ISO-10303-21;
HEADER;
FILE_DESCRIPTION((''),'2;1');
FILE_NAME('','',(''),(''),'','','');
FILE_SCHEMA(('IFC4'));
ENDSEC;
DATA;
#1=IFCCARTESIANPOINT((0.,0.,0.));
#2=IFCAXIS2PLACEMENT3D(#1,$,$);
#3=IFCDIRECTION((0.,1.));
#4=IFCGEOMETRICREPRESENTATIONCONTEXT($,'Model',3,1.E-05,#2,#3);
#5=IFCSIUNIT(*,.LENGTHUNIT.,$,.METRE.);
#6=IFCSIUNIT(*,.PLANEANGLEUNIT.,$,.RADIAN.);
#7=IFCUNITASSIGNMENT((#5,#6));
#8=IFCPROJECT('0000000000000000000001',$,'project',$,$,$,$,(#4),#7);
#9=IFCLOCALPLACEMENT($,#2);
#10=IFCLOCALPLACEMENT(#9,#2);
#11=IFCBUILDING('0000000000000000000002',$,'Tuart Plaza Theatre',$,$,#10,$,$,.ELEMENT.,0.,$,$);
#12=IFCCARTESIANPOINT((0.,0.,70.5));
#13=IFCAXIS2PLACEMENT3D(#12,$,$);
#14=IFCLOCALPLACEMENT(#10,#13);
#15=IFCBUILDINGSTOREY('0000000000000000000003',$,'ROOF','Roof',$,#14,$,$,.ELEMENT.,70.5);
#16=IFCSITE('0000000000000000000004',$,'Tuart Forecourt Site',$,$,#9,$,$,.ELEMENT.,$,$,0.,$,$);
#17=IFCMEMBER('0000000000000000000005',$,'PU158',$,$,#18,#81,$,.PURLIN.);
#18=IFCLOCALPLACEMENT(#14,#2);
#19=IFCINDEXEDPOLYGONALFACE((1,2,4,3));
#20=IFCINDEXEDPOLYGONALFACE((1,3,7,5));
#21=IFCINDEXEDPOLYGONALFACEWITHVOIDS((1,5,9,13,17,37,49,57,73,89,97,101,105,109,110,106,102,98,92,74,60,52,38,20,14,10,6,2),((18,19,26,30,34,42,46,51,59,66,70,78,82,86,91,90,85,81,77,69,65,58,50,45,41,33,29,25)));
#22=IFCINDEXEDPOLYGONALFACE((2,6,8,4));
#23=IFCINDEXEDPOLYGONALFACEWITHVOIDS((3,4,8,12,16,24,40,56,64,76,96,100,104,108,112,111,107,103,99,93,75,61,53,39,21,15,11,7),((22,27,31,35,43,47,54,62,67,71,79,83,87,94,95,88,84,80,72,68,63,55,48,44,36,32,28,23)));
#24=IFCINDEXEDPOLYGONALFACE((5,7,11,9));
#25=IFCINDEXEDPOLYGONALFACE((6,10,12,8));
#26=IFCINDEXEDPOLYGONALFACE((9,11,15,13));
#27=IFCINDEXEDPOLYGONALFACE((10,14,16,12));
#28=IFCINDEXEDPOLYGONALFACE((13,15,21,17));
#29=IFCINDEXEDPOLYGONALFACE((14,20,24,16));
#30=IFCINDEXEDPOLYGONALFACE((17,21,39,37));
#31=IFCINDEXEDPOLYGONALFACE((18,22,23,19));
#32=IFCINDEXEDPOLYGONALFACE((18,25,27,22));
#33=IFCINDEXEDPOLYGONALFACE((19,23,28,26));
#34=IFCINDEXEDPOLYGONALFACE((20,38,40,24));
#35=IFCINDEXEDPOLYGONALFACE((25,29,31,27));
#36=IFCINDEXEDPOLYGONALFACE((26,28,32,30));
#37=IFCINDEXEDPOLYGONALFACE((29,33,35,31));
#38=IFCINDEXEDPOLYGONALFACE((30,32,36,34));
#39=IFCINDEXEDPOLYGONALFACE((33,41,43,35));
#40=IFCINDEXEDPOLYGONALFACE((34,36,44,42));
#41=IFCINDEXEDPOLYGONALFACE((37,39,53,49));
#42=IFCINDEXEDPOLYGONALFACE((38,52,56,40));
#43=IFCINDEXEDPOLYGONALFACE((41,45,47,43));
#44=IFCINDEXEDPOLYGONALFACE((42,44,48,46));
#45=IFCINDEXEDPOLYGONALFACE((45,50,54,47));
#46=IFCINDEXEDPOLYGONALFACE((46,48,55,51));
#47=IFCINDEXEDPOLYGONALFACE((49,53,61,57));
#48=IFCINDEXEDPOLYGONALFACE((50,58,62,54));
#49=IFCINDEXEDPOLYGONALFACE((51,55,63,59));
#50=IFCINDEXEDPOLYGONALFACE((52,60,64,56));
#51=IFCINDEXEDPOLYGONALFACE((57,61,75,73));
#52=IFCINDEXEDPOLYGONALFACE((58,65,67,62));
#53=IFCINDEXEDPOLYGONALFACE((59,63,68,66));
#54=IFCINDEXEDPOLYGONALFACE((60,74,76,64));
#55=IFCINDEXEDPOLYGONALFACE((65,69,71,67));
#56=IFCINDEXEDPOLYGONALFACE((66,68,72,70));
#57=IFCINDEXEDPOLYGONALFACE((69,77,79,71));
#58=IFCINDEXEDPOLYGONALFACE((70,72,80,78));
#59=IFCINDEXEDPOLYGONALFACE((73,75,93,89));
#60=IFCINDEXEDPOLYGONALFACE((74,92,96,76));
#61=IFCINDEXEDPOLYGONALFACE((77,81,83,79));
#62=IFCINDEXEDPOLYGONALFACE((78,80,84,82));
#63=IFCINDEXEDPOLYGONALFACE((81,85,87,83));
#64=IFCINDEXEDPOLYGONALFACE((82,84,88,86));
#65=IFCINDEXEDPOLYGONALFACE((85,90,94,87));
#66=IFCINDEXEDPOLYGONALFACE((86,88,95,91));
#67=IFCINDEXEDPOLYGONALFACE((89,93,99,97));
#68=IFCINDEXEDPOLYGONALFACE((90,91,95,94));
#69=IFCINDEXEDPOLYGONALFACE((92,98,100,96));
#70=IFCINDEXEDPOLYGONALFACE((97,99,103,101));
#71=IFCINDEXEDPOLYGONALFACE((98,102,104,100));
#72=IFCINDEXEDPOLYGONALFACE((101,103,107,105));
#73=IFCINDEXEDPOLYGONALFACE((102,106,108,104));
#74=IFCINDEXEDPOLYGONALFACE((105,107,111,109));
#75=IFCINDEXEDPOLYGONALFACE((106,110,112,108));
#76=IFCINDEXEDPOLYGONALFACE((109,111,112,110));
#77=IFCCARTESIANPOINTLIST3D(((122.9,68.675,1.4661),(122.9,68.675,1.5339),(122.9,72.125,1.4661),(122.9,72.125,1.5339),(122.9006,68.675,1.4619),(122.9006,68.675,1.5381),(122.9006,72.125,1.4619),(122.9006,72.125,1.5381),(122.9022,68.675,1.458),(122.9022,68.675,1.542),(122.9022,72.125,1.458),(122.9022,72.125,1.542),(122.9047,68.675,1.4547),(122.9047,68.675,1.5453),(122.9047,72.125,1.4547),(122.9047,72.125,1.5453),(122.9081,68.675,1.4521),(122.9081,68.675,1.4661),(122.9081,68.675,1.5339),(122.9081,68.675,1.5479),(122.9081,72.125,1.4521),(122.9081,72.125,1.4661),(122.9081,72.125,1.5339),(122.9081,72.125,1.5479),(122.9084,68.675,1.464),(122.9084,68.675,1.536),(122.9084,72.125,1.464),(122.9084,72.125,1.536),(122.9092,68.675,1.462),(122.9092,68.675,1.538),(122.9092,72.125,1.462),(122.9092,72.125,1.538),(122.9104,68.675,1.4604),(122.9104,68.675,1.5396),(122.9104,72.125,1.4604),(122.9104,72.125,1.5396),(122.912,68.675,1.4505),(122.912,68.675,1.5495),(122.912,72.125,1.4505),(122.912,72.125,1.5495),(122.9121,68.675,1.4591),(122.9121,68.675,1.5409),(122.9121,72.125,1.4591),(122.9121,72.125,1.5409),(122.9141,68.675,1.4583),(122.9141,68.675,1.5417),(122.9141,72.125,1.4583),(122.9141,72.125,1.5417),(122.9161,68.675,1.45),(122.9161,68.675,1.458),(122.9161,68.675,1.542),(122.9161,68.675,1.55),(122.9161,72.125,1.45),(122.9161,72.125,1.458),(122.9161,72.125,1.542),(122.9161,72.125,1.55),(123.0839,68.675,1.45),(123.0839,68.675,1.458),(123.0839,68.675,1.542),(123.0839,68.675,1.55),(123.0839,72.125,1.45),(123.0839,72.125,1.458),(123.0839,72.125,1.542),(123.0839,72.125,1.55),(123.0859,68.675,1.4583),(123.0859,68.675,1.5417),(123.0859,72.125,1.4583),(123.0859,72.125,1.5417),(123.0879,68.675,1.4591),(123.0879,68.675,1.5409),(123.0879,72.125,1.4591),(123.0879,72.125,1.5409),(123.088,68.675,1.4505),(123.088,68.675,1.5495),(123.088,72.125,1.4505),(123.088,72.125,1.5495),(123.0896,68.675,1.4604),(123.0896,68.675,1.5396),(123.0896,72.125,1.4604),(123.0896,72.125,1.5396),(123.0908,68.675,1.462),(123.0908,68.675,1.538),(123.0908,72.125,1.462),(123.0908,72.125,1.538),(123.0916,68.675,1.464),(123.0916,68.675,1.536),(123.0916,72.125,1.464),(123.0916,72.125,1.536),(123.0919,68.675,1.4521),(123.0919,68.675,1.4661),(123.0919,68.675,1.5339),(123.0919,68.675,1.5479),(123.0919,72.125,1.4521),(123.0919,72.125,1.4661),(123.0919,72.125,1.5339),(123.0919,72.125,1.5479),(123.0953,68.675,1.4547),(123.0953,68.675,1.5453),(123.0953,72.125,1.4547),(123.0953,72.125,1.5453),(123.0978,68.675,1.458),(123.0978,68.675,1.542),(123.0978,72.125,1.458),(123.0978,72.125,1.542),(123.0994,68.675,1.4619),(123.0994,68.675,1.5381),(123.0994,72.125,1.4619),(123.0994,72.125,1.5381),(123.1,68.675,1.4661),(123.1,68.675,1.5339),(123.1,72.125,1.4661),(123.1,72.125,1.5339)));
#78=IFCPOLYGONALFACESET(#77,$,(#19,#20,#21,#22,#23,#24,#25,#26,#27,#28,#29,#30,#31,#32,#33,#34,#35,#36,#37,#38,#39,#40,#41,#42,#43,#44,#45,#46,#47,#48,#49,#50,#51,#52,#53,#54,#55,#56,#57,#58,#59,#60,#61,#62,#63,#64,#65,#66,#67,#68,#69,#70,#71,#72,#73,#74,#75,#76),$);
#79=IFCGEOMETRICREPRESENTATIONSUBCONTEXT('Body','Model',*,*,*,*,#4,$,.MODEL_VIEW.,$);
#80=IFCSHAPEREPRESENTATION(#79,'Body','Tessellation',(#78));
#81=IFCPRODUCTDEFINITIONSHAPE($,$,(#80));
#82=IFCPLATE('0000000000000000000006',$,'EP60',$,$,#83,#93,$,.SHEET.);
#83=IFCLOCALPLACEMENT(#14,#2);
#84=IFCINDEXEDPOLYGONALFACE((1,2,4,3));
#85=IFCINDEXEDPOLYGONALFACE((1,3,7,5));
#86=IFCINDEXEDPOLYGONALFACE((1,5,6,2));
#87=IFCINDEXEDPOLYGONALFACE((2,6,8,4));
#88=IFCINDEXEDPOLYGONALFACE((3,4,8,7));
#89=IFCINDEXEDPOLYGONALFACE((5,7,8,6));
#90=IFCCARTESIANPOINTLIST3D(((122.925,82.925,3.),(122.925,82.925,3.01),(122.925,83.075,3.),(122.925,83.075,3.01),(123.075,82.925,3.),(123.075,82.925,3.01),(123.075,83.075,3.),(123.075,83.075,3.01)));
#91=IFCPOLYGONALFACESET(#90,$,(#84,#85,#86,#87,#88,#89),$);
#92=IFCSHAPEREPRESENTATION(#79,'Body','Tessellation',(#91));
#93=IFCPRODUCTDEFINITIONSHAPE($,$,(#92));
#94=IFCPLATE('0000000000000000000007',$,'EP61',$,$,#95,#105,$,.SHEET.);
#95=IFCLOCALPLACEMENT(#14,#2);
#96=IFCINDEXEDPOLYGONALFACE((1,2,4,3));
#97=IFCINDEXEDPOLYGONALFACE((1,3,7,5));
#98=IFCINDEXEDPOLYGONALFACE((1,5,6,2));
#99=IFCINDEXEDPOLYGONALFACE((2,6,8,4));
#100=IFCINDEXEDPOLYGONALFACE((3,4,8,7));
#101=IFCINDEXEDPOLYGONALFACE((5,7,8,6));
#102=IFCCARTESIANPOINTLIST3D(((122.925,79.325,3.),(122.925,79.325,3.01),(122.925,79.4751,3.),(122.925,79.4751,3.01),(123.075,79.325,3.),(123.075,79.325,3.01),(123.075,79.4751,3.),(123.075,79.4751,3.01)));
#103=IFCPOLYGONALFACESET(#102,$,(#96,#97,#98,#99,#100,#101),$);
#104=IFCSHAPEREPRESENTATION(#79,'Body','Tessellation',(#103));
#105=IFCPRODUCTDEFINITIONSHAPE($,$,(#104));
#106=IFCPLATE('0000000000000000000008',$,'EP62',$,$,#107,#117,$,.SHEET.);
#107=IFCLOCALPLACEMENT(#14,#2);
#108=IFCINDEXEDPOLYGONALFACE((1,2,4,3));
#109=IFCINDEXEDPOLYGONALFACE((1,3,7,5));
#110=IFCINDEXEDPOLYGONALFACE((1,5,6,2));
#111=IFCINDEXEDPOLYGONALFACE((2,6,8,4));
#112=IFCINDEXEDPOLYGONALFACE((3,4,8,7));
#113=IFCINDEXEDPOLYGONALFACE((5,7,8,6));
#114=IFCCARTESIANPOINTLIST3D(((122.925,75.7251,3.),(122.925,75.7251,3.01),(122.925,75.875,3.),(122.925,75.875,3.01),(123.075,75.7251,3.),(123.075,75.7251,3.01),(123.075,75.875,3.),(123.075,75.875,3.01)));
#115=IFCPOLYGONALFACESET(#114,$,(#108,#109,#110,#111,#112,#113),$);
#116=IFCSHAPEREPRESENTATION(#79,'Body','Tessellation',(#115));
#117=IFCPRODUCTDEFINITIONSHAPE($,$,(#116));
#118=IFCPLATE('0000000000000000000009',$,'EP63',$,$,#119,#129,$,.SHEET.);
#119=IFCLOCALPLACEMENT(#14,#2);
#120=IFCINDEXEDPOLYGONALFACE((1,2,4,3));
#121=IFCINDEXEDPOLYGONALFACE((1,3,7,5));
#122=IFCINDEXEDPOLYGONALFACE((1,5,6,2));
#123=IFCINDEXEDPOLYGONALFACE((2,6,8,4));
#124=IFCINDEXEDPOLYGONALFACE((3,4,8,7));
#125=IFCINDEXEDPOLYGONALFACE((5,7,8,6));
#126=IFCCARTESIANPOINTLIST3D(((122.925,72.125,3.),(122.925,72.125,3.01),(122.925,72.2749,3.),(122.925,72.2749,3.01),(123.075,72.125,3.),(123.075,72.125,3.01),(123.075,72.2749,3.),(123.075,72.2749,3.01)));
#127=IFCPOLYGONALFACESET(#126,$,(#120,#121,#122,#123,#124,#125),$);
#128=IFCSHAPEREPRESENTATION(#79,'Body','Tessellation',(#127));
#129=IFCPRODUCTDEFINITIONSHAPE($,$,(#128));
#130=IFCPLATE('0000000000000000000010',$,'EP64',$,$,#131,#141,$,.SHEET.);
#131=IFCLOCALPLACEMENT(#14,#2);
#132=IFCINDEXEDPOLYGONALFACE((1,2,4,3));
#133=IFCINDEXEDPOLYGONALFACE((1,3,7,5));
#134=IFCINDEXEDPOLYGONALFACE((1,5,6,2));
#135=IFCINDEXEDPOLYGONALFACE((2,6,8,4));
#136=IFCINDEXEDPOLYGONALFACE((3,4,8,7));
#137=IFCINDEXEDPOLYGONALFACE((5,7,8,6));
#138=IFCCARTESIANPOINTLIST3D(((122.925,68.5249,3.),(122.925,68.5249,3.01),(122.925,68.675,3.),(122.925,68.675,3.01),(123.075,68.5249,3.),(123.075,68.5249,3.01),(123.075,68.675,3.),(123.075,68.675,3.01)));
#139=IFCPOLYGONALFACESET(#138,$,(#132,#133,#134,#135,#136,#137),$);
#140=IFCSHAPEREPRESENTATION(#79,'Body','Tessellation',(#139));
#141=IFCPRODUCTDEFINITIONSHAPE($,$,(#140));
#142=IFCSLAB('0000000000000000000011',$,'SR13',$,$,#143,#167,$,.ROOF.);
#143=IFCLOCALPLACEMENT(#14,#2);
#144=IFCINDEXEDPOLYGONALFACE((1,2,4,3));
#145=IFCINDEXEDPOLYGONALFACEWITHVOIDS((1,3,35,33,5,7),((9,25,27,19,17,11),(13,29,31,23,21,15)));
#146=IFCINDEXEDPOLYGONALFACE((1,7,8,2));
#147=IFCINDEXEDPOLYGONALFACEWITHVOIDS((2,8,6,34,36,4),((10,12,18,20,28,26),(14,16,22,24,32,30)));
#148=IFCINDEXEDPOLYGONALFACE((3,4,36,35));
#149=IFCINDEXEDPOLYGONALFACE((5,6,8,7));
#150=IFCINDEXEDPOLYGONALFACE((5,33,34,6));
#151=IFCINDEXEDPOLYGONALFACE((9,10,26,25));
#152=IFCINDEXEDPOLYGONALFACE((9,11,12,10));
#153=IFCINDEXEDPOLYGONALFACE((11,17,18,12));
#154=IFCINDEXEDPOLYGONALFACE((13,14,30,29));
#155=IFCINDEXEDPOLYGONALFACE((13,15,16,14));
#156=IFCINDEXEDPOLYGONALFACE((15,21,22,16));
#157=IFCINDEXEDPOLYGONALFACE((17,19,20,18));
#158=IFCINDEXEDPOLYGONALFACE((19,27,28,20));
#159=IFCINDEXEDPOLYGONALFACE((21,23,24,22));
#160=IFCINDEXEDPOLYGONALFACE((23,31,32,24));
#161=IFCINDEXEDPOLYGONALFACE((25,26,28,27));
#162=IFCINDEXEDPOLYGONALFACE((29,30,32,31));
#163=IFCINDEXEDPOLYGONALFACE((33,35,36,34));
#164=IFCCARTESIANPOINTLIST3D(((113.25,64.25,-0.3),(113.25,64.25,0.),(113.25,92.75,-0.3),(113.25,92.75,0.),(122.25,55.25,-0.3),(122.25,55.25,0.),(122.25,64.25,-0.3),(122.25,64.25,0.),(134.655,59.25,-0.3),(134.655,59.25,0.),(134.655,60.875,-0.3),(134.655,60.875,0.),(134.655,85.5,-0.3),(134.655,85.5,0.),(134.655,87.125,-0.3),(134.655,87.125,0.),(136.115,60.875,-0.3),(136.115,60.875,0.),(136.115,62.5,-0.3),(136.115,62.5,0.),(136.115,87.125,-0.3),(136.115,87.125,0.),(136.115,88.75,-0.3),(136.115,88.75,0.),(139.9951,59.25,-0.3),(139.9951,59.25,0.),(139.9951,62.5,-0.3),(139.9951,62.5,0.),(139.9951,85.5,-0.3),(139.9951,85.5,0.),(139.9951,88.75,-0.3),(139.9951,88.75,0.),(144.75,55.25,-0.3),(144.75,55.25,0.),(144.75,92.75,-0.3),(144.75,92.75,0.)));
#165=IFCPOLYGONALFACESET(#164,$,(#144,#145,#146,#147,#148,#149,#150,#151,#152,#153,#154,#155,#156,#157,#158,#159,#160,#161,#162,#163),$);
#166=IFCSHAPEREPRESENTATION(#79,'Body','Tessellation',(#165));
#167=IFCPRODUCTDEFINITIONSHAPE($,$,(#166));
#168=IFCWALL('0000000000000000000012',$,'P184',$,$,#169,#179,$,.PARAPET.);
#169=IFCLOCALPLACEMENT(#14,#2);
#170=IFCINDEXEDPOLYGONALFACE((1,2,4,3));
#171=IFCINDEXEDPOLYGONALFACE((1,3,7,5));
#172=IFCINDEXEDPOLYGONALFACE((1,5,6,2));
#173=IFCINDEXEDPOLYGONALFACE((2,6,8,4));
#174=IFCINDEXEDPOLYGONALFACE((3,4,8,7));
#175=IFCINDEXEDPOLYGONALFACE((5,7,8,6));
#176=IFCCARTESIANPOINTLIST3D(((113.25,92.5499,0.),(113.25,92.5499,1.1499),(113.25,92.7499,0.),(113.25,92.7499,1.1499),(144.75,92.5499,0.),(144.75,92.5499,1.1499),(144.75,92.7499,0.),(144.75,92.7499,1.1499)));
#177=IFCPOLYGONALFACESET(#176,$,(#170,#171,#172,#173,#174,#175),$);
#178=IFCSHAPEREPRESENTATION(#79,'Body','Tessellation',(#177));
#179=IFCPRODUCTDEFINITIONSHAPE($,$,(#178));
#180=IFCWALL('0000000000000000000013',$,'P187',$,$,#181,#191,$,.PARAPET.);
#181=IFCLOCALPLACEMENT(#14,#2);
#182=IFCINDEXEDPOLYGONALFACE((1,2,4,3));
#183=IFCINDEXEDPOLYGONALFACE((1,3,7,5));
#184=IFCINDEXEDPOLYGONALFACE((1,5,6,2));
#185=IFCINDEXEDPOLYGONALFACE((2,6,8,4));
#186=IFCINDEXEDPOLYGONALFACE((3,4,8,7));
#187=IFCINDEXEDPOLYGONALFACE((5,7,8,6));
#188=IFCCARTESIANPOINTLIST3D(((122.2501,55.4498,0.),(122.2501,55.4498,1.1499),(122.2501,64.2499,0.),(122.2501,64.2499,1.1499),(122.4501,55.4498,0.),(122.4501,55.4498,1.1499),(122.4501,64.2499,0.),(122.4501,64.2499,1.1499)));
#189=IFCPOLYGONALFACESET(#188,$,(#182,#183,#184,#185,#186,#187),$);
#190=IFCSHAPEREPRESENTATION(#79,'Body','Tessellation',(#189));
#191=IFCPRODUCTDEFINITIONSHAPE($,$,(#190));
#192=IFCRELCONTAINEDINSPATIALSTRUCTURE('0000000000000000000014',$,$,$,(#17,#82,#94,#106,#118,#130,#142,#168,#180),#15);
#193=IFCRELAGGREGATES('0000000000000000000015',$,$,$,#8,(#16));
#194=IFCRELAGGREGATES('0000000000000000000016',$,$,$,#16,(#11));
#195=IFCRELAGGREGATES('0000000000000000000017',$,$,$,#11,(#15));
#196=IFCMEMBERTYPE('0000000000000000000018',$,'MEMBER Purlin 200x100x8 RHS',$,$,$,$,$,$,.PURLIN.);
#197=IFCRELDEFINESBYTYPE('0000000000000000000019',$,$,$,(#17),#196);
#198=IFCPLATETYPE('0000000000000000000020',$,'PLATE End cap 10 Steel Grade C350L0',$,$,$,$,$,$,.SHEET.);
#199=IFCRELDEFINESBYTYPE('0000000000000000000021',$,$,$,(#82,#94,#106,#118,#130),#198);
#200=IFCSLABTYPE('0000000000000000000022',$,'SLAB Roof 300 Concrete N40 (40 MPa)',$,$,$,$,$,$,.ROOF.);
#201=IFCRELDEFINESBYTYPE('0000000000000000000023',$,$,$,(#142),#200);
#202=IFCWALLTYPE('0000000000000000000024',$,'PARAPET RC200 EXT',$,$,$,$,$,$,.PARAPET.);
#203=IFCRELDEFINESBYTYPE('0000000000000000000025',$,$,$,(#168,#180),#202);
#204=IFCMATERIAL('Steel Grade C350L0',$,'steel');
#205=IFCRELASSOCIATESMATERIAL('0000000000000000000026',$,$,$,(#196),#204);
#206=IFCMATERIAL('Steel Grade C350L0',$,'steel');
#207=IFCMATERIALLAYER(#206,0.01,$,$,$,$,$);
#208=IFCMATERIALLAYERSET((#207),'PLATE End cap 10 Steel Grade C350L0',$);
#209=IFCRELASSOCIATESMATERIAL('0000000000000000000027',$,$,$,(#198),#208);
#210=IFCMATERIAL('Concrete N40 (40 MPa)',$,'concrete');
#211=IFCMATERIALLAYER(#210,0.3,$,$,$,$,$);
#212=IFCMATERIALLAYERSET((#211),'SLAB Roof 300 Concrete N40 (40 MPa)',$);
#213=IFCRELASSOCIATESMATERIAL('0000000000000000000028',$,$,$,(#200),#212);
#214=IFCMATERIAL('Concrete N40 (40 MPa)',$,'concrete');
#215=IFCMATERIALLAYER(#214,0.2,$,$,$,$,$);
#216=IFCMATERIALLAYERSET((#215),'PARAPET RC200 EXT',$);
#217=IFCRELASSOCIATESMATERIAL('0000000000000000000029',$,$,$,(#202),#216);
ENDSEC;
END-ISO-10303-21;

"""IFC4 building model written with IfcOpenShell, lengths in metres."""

from ifc_helpers import new_model, si_unit, direction, frame, frame_2d, origin, origin_2d, place, context, subcontext, project, spatial, polyline, rectangle, hollow_rectangle, outline, extrude, material, layer, layer_set, material_profile, profile_set, type_object, element, save


model = new_model("IFC4")

# Units and contexts
model_context = context("Model", 3, precision=1e-05, world=origin(), true_north=direction((0.0, 1.0)))
body_context = subcontext(model_context, "Body", "Model", "MODEL_VIEW")
ifc_project = project(units=[si_unit("LENGTHUNIT", "METRE"), si_unit("PLANEANGLEUNIT", "RADIAN")], contexts=[model_context])

# Site, building, storey
site_placement = place(None, origin())
site = spatial("IfcSite", under=ifc_project, at=site_placement, Name="Tuart Forecourt Site", CompositionType="ELEMENT", RefElevation=0.0)
building_placement = place(site_placement, origin())
building = spatial("IfcBuilding", under=site, at=building_placement, Name="Tuart Plaza Theatre", CompositionType="ELEMENT", ElevationOfRefHeight=0.0)
storey_placement = place(building_placement, frame((0.0, 0.0, 70.5)))
storey = spatial("IfcBuildingStorey", under=building, at=storey_placement, Name="ROOF", Description="Roof", CompositionType="ELEMENT", Elevation=70.5)

# Member
ifc_material_1 = material(Name="Steel Grade C350L0", Category="steel")
ifc_material_profile_1 = material_profile(ifc_material_1, hollow_rectangle(XDim=0.1001, YDim=0.2, WallThickness=0.0081, InnerFilletRadius=0.0081, OuterFilletRadius=0.0161, at=origin_2d()), Name="200x100x8 RHS")
ifc_profile_set_1 = profile_set([ifc_material_profile_1], Name="Steel Grade C350L0")
member_type_1 = type_object("IfcMemberType", Name="MEMBER Purlin 200x100x8 RHS", PredefinedType="PURLIN", material=ifc_profile_set_1)
for number, where, z_axis, x_axis, name in (
    (1, (123.0, 72.125, 1.5), (0.0, -1.0, 0.0), (0.0, 0.0, 1.0), "PU158"),
):
    element("IfcMember", number, at=place(storey_placement, frame(where, z_axis=z_axis, x_axis=x_axis)), inside=storey, type_object=member_type_1, Name=name, PredefinedType="PURLIN", context=body_context, shape_type="SweptSolid", body=[
        extrude(hollow_rectangle(XDim=0.1001, YDim=0.2, WallThickness=0.0081, InnerFilletRadius=0.0081, OuterFilletRadius=0.0161, at=origin_2d()), origin(), (0.0, 0.0, 1.0), 3.45),
    ])

# Plates
ifc_material_2 = material(Name="Steel Grade C350L0", Category="steel")
ifc_layer_1 = layer(ifc_material_2, 0.01)
ifc_layer_set_1 = layer_set([ifc_layer_1], Name="PLATE End cap 10 Steel Grade C350L0")
plate_type = type_object("IfcPlateType", Name="PLATE End cap 10 Steel Grade C350L0", PredefinedType="SHEET", material=ifc_layer_set_1)
plate_1_placement = place(storey_placement, frame((122.925, 82.925, 3.01), z_axis=(0.0, 0.0, 1.0), x_axis=(1.0, 0.0, 0.0)))
element("IfcPlate", 2, at=plate_1_placement, inside=storey, type_object=plate_type, Name="EP60", PredefinedType="SHEET", context=body_context, shape_type="SweptSolid", body=[
    extrude(outline(polyline([(0.0, 0.0), (0.1499, 0.0), (0.1499, 0.1499), (0.0, 0.1499), (0.0, 0.0)])), origin(), (0.0, 0.0, -1.0), 0.01),
])
plate_2_placement = place(storey_placement, frame((122.925, 79.325, 3.01), z_axis=(0.0, 0.0, 1.0), x_axis=(1.0, 0.0, 0.0)))
element("IfcPlate", 3, at=plate_2_placement, inside=storey, type_object=plate_type, Name="EP61", PredefinedType="SHEET", context=body_context, shape_type="SweptSolid", body=[
    extrude(outline(polyline([(0.0, 0.0), (0.1499, 0.0), (0.1499, 0.1501), (0.0, 0.1501), (0.0, 0.0)])), origin(), (0.0, 0.0, -1.0), 0.01),
])
for number, where, z_axis, x_axis, name in (
    (4, (122.925, 75.7251, 3.01), (0.0, 0.0, 1.0), (1.0, 0.0, 0.0), "EP62"),
    (5, (122.925, 72.125, 3.01), (0.0, 0.0, 1.0), (1.0, 0.0, 0.0), "EP63"),
):
    element("IfcPlate", number, at=place(storey_placement, frame(where, z_axis=z_axis, x_axis=x_axis)), inside=storey, type_object=plate_type, Name=name, PredefinedType="SHEET", context=body_context, shape_type="SweptSolid", body=[
        extrude(outline(polyline([(0.0, 0.0), (0.1499, 0.0), (0.1499, 0.1499), (0.0, 0.1499), (0.0, 0.0)])), origin(), (0.0, 0.0, -1.0), 0.01),
    ])
plate_3_placement = place(storey_placement, frame((122.925, 68.5249, 3.01), z_axis=(0.0, 0.0, 1.0), x_axis=(1.0, 0.0, 0.0)))
element("IfcPlate", 6, at=plate_3_placement, inside=storey, type_object=plate_type, Name="EP64", PredefinedType="SHEET", context=body_context, shape_type="SweptSolid", body=[
    extrude(outline(polyline([(0.0, 0.0), (0.1499, 0.0), (0.1499, 0.1501), (0.0, 0.1501), (0.0, 0.0)])), origin(), (0.0, 0.0, -1.0), 0.01),
])

# Slab
ifc_material_3 = material(Name="Concrete N40 (40 MPa)", Category="concrete")
ifc_layer_2 = layer(ifc_material_3, 0.3)
ifc_layer_set_2 = layer_set([ifc_layer_2], Name="SLAB Roof 300 Concrete N40 (40 MPa)")
slab_type = type_object("IfcSlabType", Name="SLAB Roof 300 Concrete N40 (40 MPa)", PredefinedType="ROOF", material=ifc_layer_set_2)
slab_placement = place(storey_placement, frame((0.0, 0.0, -0.3)))
element("IfcSlab", 7, at=slab_placement, inside=storey, type_object=slab_type, Name="SR13", PredefinedType="ROOF", context=body_context, shape_type="SweptSolid", body=[
    extrude(outline(polyline([(144.75, 92.75), (113.25, 92.75), (113.25, 64.25), (122.25, 64.25), (122.25, 55.25), (144.75, 55.25), (144.75, 92.75)]), holes=[polyline([(139.9951, 62.5), (136.115, 62.5), (136.115, 60.875), (134.655, 60.875), (134.655, 59.25), (139.9951, 59.25), (139.9951, 62.5)]), polyline([(139.9951, 85.5), (139.9951, 88.75), (136.115, 88.75), (136.115, 87.125), (134.655, 87.125), (134.655, 85.5), (139.9951, 85.5)])]), origin(), (0.0, 0.0, 1.0), 0.3),
])

# Walls
ifc_material_4 = material(Name="Concrete N40 (40 MPa)", Category="concrete")
ifc_layer_3 = layer(ifc_material_4, 0.2)
ifc_layer_set_3 = layer_set([ifc_layer_3], Name="PARAPET RC200 EXT")
wall_type = type_object("IfcWallType", Name="PARAPET RC200 EXT", PredefinedType="PARAPET", material=ifc_layer_set_3)
wall_1_placement = place(storey_placement, frame((113.25, 92.6499, 0.0), z_axis=(0.0, 0.0, 1.0), x_axis=(1.0, 0.0, 0.0)))
element("IfcWall", 8, at=wall_1_placement, inside=storey, type_object=wall_type, Name="P184", PredefinedType="PARAPET", context=body_context, shape_type="SweptSolid", body=[
    extrude(rectangle(XDim=31.5, YDim=0.2, at=frame_2d((15.75, 0.0))), origin(), (0.0, 0.0, 1.0), 1.1499),
])
wall_2_placement = place(storey_placement, frame((122.3501, 55.45, 0.0), z_axis=(0.0, 0.0, 1.0), x_axis=(0.0, 1.0, 0.0)))
element("IfcWall", 9, at=wall_2_placement, inside=storey, type_object=wall_type, Name="P187", PredefinedType="PARAPET", context=body_context, shape_type="SweptSolid", body=[
    extrude(rectangle(XDim=8.8, YDim=0.2, at=frame_2d((4.3999, 0.0))), origin(), (0.0, 0.0, 1.0), 1.1499),
])

save(model, "model.ifc")
